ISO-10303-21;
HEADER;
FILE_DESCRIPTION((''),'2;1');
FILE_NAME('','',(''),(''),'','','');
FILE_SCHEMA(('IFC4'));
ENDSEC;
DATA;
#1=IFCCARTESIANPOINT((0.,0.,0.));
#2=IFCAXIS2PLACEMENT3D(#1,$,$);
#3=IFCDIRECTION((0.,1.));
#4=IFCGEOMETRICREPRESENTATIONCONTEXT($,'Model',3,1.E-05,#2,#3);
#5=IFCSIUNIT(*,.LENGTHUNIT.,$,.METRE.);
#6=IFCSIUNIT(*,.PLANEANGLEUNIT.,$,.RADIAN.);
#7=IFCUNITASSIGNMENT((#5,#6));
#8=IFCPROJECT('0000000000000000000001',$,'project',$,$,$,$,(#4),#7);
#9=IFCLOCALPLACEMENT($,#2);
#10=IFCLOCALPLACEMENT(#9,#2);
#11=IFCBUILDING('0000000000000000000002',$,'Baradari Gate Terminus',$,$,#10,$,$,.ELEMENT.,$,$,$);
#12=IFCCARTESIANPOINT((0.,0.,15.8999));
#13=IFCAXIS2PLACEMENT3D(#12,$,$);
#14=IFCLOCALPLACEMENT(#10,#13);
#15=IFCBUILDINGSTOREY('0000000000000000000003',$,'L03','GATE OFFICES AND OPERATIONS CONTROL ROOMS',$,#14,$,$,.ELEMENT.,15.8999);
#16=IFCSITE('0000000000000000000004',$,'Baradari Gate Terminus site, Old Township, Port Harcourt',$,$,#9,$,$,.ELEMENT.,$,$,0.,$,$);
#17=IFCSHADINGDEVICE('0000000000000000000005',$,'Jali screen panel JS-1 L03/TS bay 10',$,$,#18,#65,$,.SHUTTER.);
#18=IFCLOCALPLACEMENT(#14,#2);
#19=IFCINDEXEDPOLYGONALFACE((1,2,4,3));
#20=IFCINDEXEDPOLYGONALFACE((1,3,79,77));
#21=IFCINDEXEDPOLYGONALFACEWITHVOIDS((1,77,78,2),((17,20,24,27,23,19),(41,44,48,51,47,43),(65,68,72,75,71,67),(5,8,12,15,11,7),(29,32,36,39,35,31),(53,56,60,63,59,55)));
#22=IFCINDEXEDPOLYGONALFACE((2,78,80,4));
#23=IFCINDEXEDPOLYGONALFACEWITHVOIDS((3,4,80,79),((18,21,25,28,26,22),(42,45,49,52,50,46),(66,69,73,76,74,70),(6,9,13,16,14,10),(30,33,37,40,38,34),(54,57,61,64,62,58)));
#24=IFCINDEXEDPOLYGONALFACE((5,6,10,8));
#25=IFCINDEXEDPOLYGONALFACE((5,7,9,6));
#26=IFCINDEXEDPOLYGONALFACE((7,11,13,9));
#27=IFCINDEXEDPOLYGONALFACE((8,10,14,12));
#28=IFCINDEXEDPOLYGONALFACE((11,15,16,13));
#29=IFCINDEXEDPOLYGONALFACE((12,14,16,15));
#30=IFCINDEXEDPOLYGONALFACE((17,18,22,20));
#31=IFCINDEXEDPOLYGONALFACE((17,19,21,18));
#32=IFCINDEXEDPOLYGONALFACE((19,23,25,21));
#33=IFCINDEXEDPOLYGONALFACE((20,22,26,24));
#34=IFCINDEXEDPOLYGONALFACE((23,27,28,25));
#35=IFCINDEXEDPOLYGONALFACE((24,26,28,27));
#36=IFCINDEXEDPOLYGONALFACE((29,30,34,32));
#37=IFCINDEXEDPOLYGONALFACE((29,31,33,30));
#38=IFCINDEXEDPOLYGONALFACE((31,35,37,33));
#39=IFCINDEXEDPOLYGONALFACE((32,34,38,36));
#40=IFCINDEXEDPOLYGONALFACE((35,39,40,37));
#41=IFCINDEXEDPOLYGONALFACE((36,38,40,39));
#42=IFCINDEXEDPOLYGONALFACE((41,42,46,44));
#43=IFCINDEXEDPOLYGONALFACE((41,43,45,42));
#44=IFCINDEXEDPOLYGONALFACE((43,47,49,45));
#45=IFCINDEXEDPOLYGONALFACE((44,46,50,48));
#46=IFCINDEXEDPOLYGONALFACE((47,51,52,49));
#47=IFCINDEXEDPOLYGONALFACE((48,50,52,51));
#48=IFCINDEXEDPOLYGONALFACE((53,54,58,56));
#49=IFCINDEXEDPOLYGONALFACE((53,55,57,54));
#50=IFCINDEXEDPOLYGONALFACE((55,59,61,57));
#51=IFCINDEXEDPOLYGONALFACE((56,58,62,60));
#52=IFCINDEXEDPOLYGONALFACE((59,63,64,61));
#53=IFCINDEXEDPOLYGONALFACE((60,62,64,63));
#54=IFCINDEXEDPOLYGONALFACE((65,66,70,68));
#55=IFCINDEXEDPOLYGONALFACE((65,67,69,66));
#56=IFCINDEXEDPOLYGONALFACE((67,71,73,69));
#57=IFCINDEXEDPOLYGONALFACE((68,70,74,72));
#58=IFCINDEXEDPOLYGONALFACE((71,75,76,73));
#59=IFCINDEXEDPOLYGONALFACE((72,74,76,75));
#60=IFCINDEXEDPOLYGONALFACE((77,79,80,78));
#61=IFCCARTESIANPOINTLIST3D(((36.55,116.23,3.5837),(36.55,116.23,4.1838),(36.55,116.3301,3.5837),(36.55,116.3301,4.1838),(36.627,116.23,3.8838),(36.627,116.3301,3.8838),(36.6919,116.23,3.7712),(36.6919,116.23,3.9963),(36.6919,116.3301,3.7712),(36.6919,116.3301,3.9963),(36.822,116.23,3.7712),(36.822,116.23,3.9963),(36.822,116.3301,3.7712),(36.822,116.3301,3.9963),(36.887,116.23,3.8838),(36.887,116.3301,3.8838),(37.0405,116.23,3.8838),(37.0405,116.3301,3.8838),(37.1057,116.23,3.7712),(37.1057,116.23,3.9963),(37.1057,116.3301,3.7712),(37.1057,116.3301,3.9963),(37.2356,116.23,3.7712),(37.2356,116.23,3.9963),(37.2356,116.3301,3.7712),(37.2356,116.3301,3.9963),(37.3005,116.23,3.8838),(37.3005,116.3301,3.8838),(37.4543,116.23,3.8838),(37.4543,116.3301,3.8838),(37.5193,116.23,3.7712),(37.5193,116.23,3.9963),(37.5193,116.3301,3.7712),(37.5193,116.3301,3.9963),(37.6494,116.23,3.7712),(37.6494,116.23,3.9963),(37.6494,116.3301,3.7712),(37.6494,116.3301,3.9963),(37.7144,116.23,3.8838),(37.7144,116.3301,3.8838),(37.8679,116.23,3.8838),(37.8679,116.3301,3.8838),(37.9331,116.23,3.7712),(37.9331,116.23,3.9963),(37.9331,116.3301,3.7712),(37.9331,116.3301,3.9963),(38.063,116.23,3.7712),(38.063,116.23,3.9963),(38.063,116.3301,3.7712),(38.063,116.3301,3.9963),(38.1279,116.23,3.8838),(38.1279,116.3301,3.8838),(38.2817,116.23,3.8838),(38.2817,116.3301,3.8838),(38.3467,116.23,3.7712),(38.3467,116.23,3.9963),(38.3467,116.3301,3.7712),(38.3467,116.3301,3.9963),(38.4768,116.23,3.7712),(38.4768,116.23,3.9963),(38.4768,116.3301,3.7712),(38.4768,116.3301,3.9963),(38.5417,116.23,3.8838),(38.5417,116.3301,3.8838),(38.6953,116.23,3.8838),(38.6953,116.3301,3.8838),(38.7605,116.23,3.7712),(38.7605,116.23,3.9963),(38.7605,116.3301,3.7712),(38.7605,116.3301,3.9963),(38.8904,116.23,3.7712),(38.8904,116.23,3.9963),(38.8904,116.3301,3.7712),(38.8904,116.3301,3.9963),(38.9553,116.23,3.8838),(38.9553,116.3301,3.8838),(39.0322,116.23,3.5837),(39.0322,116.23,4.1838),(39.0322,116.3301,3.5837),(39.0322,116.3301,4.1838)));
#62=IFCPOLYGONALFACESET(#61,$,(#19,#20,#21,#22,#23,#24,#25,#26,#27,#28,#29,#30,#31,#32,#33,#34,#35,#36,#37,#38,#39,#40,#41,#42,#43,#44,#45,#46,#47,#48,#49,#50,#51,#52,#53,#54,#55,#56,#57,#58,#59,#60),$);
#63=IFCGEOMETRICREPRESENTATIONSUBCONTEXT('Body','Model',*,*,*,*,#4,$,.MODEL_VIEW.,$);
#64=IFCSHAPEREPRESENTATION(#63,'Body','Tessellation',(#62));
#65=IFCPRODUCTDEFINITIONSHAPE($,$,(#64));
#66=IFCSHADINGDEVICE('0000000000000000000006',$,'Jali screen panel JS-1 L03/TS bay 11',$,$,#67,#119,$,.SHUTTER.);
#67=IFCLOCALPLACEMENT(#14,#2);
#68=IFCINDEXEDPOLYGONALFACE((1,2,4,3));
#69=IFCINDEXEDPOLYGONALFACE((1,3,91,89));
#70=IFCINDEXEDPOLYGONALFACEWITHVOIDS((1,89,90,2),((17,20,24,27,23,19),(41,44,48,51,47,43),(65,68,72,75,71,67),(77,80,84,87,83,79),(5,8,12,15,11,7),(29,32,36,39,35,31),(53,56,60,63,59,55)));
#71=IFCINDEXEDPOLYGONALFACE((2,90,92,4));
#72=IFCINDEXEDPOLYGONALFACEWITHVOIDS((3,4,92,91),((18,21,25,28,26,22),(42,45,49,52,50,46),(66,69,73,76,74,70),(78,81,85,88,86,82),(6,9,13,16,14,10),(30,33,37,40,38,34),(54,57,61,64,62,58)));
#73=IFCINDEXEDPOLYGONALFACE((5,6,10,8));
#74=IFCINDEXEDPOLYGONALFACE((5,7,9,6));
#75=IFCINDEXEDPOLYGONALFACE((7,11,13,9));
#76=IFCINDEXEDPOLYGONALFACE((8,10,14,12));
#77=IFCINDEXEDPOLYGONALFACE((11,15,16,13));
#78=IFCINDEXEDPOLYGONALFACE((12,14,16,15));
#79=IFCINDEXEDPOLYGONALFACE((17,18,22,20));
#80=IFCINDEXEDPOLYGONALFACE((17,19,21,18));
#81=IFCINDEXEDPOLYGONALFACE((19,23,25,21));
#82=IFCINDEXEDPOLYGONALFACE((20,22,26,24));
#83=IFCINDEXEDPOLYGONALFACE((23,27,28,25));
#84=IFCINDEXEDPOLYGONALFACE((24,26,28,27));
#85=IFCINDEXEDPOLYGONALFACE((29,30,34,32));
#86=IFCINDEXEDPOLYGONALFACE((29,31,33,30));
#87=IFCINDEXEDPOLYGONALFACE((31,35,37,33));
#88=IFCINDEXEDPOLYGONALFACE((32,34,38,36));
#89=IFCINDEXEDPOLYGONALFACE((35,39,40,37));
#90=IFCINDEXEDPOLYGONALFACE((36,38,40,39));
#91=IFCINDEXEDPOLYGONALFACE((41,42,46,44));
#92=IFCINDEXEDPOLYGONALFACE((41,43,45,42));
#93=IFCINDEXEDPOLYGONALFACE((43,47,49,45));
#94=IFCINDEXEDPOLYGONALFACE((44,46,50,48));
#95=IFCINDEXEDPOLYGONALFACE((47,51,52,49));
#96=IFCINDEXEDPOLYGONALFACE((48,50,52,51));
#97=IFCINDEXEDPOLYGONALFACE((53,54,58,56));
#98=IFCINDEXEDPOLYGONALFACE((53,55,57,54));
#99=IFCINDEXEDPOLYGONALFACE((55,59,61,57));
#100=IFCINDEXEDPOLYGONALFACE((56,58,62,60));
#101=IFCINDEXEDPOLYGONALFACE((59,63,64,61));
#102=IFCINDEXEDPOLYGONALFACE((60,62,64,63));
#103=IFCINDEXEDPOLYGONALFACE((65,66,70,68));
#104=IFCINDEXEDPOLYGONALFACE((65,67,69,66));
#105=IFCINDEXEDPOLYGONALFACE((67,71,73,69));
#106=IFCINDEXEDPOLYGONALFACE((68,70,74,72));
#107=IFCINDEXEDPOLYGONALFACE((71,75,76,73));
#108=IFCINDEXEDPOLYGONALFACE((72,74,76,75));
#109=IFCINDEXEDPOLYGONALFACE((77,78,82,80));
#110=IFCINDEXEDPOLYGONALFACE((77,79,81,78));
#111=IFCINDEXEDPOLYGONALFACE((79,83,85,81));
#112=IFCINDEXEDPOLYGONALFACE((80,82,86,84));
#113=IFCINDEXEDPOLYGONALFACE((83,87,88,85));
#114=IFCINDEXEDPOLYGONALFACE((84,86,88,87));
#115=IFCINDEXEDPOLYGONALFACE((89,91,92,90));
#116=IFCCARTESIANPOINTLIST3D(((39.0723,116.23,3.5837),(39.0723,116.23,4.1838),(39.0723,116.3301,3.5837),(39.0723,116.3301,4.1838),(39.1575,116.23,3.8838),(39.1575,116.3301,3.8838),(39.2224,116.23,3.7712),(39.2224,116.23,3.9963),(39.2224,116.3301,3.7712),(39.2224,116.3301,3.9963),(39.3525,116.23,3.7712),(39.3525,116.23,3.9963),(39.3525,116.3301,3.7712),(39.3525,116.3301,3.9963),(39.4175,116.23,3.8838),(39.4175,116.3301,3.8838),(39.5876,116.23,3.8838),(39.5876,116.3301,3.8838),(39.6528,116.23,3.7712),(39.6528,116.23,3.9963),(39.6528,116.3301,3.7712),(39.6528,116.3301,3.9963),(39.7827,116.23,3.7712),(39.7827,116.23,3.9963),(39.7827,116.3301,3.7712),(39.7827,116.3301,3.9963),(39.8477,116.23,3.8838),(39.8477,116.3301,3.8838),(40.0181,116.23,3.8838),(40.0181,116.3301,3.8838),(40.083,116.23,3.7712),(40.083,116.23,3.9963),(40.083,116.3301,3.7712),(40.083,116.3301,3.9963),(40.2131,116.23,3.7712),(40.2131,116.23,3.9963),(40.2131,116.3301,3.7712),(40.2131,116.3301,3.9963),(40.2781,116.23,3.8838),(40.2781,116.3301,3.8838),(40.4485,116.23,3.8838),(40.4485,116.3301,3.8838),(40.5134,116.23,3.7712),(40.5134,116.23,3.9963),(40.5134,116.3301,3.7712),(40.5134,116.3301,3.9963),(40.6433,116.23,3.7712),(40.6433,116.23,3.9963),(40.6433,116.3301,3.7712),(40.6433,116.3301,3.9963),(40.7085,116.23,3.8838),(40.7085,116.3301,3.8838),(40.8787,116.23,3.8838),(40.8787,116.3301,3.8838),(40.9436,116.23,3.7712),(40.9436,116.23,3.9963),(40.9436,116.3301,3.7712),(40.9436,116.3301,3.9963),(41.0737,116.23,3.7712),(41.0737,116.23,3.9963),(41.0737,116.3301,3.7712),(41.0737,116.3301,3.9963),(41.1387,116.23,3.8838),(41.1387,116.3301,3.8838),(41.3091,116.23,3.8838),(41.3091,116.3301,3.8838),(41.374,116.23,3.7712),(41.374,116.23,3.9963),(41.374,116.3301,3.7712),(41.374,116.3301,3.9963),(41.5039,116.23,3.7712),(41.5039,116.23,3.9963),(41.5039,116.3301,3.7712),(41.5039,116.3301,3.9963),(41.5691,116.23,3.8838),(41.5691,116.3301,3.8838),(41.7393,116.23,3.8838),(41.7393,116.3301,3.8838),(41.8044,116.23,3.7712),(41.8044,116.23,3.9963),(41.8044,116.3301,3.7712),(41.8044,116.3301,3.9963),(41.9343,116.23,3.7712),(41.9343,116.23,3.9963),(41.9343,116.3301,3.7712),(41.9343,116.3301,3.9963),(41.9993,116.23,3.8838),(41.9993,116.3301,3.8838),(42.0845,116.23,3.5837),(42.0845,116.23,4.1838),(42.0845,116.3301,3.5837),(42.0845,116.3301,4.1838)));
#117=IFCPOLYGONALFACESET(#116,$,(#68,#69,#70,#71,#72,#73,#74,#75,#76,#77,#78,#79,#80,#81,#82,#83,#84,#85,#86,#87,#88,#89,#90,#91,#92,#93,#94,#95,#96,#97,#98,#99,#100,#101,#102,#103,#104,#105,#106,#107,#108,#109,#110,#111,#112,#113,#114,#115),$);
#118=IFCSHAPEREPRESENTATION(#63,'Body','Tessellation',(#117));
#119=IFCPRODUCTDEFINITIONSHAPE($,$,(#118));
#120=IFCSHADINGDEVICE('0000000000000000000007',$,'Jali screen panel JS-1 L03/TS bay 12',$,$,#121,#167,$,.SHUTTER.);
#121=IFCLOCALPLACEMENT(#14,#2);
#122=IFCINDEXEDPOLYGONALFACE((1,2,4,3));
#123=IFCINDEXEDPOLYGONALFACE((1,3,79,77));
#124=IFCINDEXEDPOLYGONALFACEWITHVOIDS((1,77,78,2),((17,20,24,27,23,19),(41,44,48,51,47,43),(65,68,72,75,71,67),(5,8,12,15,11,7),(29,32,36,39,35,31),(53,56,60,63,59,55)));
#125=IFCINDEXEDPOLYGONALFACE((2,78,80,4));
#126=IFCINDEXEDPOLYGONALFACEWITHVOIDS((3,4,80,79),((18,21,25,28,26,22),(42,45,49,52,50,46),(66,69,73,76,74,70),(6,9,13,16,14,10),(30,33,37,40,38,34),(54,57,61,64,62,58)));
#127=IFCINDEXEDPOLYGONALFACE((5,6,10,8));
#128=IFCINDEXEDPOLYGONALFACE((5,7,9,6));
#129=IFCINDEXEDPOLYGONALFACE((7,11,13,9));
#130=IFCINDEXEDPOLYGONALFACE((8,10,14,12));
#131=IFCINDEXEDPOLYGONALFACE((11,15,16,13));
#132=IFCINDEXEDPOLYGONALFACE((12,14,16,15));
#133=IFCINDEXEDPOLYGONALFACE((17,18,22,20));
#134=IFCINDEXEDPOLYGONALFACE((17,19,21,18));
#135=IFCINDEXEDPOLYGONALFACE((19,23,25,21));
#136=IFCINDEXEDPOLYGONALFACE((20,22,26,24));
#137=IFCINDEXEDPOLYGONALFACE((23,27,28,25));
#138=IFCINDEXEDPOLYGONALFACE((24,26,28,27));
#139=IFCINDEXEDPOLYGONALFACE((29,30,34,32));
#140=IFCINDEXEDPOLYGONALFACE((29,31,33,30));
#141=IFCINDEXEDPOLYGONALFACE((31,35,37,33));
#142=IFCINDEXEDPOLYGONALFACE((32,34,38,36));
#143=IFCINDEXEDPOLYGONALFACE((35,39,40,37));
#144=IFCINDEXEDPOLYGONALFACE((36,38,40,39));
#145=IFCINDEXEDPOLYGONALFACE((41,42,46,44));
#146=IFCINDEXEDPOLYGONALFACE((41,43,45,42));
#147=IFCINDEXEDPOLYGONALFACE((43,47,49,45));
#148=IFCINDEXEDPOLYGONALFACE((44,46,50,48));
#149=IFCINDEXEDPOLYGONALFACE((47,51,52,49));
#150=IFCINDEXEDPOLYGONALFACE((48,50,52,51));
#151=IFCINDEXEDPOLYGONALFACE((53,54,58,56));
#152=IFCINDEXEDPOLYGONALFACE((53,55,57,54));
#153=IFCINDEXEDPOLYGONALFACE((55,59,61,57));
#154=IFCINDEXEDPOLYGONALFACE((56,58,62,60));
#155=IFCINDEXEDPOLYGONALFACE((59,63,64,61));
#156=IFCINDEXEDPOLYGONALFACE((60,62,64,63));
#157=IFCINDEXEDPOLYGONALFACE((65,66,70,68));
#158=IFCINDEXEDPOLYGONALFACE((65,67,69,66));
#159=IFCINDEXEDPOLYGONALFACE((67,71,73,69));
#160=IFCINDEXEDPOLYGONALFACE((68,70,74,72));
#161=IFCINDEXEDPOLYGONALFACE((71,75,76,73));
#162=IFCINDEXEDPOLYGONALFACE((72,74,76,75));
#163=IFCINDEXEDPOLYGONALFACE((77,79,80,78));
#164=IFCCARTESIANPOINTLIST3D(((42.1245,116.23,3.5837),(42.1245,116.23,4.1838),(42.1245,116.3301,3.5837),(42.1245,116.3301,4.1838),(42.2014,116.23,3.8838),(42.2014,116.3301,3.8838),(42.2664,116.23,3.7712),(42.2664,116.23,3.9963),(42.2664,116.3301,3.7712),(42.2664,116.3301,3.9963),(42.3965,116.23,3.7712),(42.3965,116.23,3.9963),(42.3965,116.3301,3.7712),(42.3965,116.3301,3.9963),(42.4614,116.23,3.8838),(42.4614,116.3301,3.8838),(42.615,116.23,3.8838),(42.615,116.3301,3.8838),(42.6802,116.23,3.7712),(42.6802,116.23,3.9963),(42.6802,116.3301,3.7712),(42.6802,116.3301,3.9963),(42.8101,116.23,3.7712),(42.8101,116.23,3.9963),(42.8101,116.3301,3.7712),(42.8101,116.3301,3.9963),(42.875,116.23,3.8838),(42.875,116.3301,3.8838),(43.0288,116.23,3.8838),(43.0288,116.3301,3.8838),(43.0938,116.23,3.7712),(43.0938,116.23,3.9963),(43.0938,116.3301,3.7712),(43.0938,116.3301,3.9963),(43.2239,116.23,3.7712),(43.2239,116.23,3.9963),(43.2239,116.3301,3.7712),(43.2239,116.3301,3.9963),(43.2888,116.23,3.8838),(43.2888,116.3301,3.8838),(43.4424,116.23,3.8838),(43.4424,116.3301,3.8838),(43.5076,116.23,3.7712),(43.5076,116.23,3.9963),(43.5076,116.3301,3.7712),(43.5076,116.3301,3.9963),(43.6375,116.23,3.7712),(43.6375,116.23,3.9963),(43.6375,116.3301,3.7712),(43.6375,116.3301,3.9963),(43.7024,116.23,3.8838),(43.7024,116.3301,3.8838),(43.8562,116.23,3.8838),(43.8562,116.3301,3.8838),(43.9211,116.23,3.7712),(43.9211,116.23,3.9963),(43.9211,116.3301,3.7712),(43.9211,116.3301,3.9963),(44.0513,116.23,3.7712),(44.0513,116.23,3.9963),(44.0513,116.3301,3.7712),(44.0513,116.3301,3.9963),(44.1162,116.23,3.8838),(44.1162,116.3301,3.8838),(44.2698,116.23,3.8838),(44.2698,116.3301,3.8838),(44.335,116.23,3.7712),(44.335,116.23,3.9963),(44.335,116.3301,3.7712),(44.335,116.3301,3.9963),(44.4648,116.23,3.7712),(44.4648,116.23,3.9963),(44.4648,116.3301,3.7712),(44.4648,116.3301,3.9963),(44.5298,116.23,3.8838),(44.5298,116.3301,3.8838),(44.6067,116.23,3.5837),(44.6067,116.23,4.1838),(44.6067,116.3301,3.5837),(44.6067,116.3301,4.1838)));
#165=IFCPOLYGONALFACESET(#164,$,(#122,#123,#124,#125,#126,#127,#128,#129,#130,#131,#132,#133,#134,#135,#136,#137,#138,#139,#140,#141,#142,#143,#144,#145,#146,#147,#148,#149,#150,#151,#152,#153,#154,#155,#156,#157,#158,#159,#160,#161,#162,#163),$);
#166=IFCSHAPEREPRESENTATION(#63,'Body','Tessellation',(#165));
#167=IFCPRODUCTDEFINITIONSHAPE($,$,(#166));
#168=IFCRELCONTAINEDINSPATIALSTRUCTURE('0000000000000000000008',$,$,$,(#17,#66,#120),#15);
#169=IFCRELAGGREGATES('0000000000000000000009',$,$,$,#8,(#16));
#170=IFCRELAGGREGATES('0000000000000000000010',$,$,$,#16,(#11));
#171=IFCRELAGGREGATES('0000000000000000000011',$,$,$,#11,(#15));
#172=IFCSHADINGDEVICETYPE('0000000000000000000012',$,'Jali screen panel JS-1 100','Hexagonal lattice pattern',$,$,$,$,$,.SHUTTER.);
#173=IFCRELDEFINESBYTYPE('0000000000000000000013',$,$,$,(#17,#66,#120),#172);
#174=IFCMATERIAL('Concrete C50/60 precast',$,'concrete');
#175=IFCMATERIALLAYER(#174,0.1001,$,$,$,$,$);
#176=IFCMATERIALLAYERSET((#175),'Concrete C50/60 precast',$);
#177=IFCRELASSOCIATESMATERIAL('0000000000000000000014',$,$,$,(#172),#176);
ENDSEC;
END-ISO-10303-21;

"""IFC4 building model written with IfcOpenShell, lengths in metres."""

from ifc_helpers import new_model, si_unit, direction, frame, origin, place, context, subcontext, project, spatial, polyline, outline, extrude, material, layer, layer_set, type_object, element, save


model = new_model("IFC4")

# Units and contexts
model_context = context("Model", 3, precision=1e-05, world=origin(), true_north=direction((0.0, 1.0)))
body_context = subcontext(model_context, "Body", "Model", "MODEL_VIEW")
ifc_project = project(units=[si_unit("LENGTHUNIT", "METRE"), si_unit("PLANEANGLEUNIT", "RADIAN")], contexts=[model_context])

# Site, building, storey
site_placement = place(None, origin())
site = spatial("IfcSite", under=ifc_project, at=site_placement, Name="Baradari Gate Terminus site, Old Township, Port Harcourt", CompositionType="ELEMENT", RefElevation=0.0)
building_placement = place(site_placement, origin())
building = spatial("IfcBuilding", under=site, at=building_placement, Name="Baradari Gate Terminus", CompositionType="ELEMENT")
storey_placement = place(building_placement, frame((0.0, 0.0, 15.8999)))
storey = spatial("IfcBuildingStorey", under=building, at=storey_placement, Name="L03", Description="GATE OFFICES AND OPERATIONS CONTROL ROOMS", CompositionType="ELEMENT", Elevation=15.8999)

# Shading devices
ifc_material_1 = material(Name="Concrete C50/60 precast", Category="concrete")
ifc_layer = layer(ifc_material_1, 0.1001)
ifc_layer_set = layer_set([ifc_layer], Name="Concrete C50/60 precast")
shading_device_type = type_object("IfcShadingDeviceType", Name="Jali screen panel JS-1 100", Description="Hexagonal lattice pattern", PredefinedType="SHUTTER", material=ifc_layer_set)
shading_device_1_placement = place(storey_placement, frame((36.55, 116.28, 3.5837), z_axis=(0.0, 0.0, 1.0), x_axis=(1.0, 0.0, 0.0)))
element("IfcShadingDevice", 1, at=shading_device_1_placement, inside=storey, type_object=shading_device_type, Name="Jali screen panel JS-1 L03/TS bay 10", PredefinedType="SHUTTER", context=body_context, shape_type="SweptSolid", body=[
    extrude(outline(polyline([(0.0, 0.0), (2.4822, 0.0), (2.4822, 0.6001), (0.0, 0.6001), (0.0, 0.0)]), holes=[polyline([(0.3369, 0.3), (0.272, 0.1875), (0.1418, 0.1875), (0.0769, 0.3), (0.1418, 0.4126), (0.272, 0.4126), (0.3369, 0.3)]), polyline([(0.7505, 0.3), (0.6855, 0.1875), (0.5557, 0.1875), (0.4905, 0.3), (0.5557, 0.4126), (0.6855, 0.4126), (0.7505, 0.3)]), polyline([(1.1643, 0.3), (1.0994, 0.1875), (0.9692, 0.1875), (0.9043, 0.3), (0.9692, 0.4126), (1.0994, 0.4126), (1.1643, 0.3)]), polyline([(1.5779, 0.3), (1.5129, 0.1875), (1.3831, 0.1875), (1.3179, 0.3), (1.3831, 0.4126), (1.5129, 0.4126), (1.5779, 0.3)]), polyline([(1.9917, 0.3), (1.9268, 0.1875), (1.7966, 0.1875), (1.7317, 0.3), (1.7966, 0.4126), (1.9268, 0.4126), (1.9917, 0.3)]), polyline([(2.4053, 0.3), (2.3403, 0.1875), (2.2104, 0.1875), (2.1453, 0.3), (2.2104, 0.4126), (2.3403, 0.4126), (2.4053, 0.3)])]), frame((0.0, 0.05, 0.0), z_axis=(0.0, -1.0, 0.0), x_axis=(1.0, 0.0, 0.0)), (0.0, 0.0, 1.0), 0.1001),
])
shading_device_2_placement = place(storey_placement, frame((39.0723, 116.28, 3.5837), z_axis=(0.0, 0.0, 1.0), x_axis=(1.0, 0.0, 0.0)))
element("IfcShadingDevice", 2, at=shading_device_2_placement, inside=storey, type_object=shading_device_type, Name="Jali screen panel JS-1 L03/TS bay 11", PredefinedType="SHUTTER", context=body_context, shape_type="SweptSolid", body=[
    extrude(outline(polyline([(0.0, 0.0), (3.0122, 0.0), (3.0122, 0.6001), (0.0, 0.6001), (0.0, 0.0)]), holes=[polyline([(0.3452, 0.3), (0.2803, 0.1875), (0.1501, 0.1875), (0.0852, 0.3), (0.1501, 0.4126), (0.2803, 0.4126), (0.3452, 0.3)]), polyline([(0.7754, 0.3), (0.7104, 0.1875), (0.5806, 0.1875), (0.5154, 0.3), (0.5806, 0.4126), (0.7104, 0.4126), (0.7754, 0.3)]), polyline([(1.2058, 0.3), (1.1409, 0.1875), (1.0107, 0.1875), (0.9458, 0.3), (1.0107, 0.4126), (1.1409, 0.4126), (1.2058, 0.3)]), polyline([(1.6362, 0.3), (1.571, 0.1875), (1.4412, 0.1875), (1.3762, 0.3), (1.4412, 0.4126), (1.571, 0.4126), (1.6362, 0.3)]), polyline([(2.0664, 0.3), (2.0015, 0.1875), (1.8713, 0.1875), (1.8064, 0.3), (1.8713, 0.4126), (2.0015, 0.4126), (2.0664, 0.3)]), polyline([(2.4968, 0.3), (2.4316, 0.1875), (2.3018, 0.1875), (2.2368, 0.3), (2.3018, 0.4126), (2.4316, 0.4126), (2.4968, 0.3)]), polyline([(2.927, 0.3), (2.8621, 0.1875), (2.7322, 0.1875), (2.667, 0.3), (2.7322, 0.4126), (2.8621, 0.4126), (2.927, 0.3)])]), frame((0.0, 0.05, 0.0), z_axis=(0.0, -1.0, 0.0), x_axis=(1.0, 0.0, 0.0)), (0.0, 0.0, 1.0), 0.1001),
])
for number, where, z_axis, x_axis, name in (
    (3, (42.1245, 116.28, 3.5837), (0.0, 0.0, 1.0), (1.0, 0.0, 0.0), "Jali screen panel JS-1 L03/TS bay 12"),
):
    element("IfcShadingDevice", number, at=place(storey_placement, frame(where, z_axis=z_axis, x_axis=x_axis)), inside=storey, type_object=shading_device_type, Name=name, PredefinedType="SHUTTER", context=body_context, shape_type="SweptSolid", body=[
        extrude(outline(polyline([(0.0, 0.0), (2.4822, 0.0), (2.4822, 0.6001), (0.0, 0.6001), (0.0, 0.0)]), holes=[polyline([(0.3369, 0.3), (0.272, 0.1875), (0.1418, 0.1875), (0.0769, 0.3), (0.1418, 0.4126), (0.272, 0.4126), (0.3369, 0.3)]), polyline([(0.7505, 0.3), (0.6855, 0.1875), (0.5557, 0.1875), (0.4905, 0.3), (0.5557, 0.4126), (0.6855, 0.4126), (0.7505, 0.3)]), polyline([(1.1643, 0.3), (1.0994, 0.1875), (0.9692, 0.1875), (0.9043, 0.3), (0.9692, 0.4126), (1.0994, 0.4126), (1.1643, 0.3)]), polyline([(1.5779, 0.3), (1.5129, 0.1875), (1.3831, 0.1875), (1.3179, 0.3), (1.3831, 0.4126), (1.5129, 0.4126), (1.5779, 0.3)]), polyline([(1.9917, 0.3), (1.9268, 0.1875), (1.7966, 0.1875), (1.7317, 0.3), (1.7966, 0.4126), (1.9268, 0.4126), (1.9917, 0.3)]), polyline([(2.4053, 0.3), (2.3403, 0.1875), (2.2104, 0.1875), (2.1453, 0.3), (2.2104, 0.4126), (2.3403, 0.4126), (2.4053, 0.3)])]), frame((0.0, 0.05, 0.0), z_axis=(0.0, -1.0, 0.0), x_axis=(1.0, 0.0, 0.0)), (0.0, 0.0, 1.0), 0.1001),
    ])

save(model, "model.ifc")
